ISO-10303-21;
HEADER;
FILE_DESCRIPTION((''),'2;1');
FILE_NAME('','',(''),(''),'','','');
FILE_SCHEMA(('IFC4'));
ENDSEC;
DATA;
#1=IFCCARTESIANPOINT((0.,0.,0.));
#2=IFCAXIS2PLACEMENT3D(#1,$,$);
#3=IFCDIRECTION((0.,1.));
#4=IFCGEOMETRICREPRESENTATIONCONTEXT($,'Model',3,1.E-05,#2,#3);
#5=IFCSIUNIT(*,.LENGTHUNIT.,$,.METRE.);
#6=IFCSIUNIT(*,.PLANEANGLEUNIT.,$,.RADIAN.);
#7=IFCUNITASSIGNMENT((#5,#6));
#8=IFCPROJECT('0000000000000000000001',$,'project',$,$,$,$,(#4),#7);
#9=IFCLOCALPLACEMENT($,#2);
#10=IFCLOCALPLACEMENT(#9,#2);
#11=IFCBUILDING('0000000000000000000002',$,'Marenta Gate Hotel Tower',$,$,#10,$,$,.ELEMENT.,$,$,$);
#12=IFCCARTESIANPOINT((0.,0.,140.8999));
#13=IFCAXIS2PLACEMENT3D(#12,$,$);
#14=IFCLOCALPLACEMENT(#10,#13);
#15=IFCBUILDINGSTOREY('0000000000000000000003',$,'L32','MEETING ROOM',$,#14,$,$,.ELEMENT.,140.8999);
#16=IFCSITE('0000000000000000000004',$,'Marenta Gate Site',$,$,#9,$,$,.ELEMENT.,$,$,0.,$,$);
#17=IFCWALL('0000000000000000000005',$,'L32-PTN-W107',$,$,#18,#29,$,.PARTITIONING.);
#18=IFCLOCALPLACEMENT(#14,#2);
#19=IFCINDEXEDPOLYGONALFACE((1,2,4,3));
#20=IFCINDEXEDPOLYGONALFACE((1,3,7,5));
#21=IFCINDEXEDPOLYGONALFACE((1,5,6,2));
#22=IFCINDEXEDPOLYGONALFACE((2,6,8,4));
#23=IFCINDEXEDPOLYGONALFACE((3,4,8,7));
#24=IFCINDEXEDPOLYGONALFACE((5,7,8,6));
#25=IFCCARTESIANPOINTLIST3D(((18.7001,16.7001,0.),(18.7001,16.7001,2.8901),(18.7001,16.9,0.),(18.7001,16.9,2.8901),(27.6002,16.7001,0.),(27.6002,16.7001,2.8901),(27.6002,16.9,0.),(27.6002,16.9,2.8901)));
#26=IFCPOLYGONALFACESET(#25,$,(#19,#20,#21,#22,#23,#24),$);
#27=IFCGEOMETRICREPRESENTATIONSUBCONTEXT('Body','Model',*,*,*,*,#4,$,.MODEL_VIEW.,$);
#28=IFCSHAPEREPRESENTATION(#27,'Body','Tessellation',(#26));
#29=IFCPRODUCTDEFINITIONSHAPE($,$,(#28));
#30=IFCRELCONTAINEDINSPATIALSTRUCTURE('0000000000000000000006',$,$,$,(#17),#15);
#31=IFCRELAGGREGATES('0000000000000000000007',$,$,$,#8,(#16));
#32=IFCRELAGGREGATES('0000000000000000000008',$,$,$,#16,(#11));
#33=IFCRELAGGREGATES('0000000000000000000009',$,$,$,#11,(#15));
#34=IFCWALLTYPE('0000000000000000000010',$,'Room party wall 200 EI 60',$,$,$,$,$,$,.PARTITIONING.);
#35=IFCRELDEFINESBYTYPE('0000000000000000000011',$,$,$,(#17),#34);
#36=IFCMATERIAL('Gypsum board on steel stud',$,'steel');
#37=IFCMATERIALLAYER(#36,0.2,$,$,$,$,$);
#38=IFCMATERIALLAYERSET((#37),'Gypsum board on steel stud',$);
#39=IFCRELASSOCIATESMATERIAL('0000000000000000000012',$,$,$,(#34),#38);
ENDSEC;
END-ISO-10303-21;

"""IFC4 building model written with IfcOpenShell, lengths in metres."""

from ifc_helpers import new_model, si_unit, direction, frame, frame_2d, origin, place, context, subcontext, project, spatial, rectangle, extrude, material, layer, layer_set, type_object, element, save


model = new_model("IFC4")

# Units and contexts
model_context = context("Model", 3, precision=1e-05, world=origin(), true_north=direction((0.0, 1.0)))
body_context = subcontext(model_context, "Body", "Model", "MODEL_VIEW")
ifc_project = project(units=[si_unit("LENGTHUNIT", "METRE"), si_unit("PLANEANGLEUNIT", "RADIAN")], contexts=[model_context])

# Site, building, storey
site_placement = place(None, origin())
site = spatial("IfcSite", under=ifc_project, at=site_placement, Name="Marenta Gate Site", CompositionType="ELEMENT", RefElevation=0.0)
building_placement = place(site_placement, origin())
building = spatial("IfcBuilding", under=site, at=building_placement, Name="Marenta Gate Hotel Tower", CompositionType="ELEMENT")
storey_placement = place(building_placement, frame((0.0, 0.0, 140.8999)))
storey = spatial("IfcBuildingStorey", under=building, at=storey_placement, Name="L32", Description="MEETING ROOM", CompositionType="ELEMENT", Elevation=140.8999)

# Wall
ifc_material_1 = material(Name="Gypsum board on steel stud", Category="steel")
ifc_layer_1 = layer(ifc_material_1, 0.2)
ifc_layer_set_1 = layer_set([ifc_layer_1], Name="Gypsum board on steel stud")
wall_type_1 = type_object("IfcWallType", Name="Room party wall 200 EI 60", PredefinedType="PARTITIONING", material=ifc_layer_set_1)
wall_1_placement = place(storey_placement, frame((18.7, 16.8, 0.0), z_axis=(0.0, 0.0, 1.0), x_axis=(1.0, 0.0, 0.0)))
element("IfcWall", 1, at=wall_1_placement, inside=storey, type_object=wall_type_1, Name="L32-PTN-W107", PredefinedType="PARTITIONING", context=body_context, shape_type="SweptSolid", body=[
    extrude(rectangle(XDim=8.9001, YDim=0.2, at=frame_2d((4.4502, 0.0))), origin(), (0.0, 0.0, 1.0), 2.8901),
])

save(model, "model.ifc")
